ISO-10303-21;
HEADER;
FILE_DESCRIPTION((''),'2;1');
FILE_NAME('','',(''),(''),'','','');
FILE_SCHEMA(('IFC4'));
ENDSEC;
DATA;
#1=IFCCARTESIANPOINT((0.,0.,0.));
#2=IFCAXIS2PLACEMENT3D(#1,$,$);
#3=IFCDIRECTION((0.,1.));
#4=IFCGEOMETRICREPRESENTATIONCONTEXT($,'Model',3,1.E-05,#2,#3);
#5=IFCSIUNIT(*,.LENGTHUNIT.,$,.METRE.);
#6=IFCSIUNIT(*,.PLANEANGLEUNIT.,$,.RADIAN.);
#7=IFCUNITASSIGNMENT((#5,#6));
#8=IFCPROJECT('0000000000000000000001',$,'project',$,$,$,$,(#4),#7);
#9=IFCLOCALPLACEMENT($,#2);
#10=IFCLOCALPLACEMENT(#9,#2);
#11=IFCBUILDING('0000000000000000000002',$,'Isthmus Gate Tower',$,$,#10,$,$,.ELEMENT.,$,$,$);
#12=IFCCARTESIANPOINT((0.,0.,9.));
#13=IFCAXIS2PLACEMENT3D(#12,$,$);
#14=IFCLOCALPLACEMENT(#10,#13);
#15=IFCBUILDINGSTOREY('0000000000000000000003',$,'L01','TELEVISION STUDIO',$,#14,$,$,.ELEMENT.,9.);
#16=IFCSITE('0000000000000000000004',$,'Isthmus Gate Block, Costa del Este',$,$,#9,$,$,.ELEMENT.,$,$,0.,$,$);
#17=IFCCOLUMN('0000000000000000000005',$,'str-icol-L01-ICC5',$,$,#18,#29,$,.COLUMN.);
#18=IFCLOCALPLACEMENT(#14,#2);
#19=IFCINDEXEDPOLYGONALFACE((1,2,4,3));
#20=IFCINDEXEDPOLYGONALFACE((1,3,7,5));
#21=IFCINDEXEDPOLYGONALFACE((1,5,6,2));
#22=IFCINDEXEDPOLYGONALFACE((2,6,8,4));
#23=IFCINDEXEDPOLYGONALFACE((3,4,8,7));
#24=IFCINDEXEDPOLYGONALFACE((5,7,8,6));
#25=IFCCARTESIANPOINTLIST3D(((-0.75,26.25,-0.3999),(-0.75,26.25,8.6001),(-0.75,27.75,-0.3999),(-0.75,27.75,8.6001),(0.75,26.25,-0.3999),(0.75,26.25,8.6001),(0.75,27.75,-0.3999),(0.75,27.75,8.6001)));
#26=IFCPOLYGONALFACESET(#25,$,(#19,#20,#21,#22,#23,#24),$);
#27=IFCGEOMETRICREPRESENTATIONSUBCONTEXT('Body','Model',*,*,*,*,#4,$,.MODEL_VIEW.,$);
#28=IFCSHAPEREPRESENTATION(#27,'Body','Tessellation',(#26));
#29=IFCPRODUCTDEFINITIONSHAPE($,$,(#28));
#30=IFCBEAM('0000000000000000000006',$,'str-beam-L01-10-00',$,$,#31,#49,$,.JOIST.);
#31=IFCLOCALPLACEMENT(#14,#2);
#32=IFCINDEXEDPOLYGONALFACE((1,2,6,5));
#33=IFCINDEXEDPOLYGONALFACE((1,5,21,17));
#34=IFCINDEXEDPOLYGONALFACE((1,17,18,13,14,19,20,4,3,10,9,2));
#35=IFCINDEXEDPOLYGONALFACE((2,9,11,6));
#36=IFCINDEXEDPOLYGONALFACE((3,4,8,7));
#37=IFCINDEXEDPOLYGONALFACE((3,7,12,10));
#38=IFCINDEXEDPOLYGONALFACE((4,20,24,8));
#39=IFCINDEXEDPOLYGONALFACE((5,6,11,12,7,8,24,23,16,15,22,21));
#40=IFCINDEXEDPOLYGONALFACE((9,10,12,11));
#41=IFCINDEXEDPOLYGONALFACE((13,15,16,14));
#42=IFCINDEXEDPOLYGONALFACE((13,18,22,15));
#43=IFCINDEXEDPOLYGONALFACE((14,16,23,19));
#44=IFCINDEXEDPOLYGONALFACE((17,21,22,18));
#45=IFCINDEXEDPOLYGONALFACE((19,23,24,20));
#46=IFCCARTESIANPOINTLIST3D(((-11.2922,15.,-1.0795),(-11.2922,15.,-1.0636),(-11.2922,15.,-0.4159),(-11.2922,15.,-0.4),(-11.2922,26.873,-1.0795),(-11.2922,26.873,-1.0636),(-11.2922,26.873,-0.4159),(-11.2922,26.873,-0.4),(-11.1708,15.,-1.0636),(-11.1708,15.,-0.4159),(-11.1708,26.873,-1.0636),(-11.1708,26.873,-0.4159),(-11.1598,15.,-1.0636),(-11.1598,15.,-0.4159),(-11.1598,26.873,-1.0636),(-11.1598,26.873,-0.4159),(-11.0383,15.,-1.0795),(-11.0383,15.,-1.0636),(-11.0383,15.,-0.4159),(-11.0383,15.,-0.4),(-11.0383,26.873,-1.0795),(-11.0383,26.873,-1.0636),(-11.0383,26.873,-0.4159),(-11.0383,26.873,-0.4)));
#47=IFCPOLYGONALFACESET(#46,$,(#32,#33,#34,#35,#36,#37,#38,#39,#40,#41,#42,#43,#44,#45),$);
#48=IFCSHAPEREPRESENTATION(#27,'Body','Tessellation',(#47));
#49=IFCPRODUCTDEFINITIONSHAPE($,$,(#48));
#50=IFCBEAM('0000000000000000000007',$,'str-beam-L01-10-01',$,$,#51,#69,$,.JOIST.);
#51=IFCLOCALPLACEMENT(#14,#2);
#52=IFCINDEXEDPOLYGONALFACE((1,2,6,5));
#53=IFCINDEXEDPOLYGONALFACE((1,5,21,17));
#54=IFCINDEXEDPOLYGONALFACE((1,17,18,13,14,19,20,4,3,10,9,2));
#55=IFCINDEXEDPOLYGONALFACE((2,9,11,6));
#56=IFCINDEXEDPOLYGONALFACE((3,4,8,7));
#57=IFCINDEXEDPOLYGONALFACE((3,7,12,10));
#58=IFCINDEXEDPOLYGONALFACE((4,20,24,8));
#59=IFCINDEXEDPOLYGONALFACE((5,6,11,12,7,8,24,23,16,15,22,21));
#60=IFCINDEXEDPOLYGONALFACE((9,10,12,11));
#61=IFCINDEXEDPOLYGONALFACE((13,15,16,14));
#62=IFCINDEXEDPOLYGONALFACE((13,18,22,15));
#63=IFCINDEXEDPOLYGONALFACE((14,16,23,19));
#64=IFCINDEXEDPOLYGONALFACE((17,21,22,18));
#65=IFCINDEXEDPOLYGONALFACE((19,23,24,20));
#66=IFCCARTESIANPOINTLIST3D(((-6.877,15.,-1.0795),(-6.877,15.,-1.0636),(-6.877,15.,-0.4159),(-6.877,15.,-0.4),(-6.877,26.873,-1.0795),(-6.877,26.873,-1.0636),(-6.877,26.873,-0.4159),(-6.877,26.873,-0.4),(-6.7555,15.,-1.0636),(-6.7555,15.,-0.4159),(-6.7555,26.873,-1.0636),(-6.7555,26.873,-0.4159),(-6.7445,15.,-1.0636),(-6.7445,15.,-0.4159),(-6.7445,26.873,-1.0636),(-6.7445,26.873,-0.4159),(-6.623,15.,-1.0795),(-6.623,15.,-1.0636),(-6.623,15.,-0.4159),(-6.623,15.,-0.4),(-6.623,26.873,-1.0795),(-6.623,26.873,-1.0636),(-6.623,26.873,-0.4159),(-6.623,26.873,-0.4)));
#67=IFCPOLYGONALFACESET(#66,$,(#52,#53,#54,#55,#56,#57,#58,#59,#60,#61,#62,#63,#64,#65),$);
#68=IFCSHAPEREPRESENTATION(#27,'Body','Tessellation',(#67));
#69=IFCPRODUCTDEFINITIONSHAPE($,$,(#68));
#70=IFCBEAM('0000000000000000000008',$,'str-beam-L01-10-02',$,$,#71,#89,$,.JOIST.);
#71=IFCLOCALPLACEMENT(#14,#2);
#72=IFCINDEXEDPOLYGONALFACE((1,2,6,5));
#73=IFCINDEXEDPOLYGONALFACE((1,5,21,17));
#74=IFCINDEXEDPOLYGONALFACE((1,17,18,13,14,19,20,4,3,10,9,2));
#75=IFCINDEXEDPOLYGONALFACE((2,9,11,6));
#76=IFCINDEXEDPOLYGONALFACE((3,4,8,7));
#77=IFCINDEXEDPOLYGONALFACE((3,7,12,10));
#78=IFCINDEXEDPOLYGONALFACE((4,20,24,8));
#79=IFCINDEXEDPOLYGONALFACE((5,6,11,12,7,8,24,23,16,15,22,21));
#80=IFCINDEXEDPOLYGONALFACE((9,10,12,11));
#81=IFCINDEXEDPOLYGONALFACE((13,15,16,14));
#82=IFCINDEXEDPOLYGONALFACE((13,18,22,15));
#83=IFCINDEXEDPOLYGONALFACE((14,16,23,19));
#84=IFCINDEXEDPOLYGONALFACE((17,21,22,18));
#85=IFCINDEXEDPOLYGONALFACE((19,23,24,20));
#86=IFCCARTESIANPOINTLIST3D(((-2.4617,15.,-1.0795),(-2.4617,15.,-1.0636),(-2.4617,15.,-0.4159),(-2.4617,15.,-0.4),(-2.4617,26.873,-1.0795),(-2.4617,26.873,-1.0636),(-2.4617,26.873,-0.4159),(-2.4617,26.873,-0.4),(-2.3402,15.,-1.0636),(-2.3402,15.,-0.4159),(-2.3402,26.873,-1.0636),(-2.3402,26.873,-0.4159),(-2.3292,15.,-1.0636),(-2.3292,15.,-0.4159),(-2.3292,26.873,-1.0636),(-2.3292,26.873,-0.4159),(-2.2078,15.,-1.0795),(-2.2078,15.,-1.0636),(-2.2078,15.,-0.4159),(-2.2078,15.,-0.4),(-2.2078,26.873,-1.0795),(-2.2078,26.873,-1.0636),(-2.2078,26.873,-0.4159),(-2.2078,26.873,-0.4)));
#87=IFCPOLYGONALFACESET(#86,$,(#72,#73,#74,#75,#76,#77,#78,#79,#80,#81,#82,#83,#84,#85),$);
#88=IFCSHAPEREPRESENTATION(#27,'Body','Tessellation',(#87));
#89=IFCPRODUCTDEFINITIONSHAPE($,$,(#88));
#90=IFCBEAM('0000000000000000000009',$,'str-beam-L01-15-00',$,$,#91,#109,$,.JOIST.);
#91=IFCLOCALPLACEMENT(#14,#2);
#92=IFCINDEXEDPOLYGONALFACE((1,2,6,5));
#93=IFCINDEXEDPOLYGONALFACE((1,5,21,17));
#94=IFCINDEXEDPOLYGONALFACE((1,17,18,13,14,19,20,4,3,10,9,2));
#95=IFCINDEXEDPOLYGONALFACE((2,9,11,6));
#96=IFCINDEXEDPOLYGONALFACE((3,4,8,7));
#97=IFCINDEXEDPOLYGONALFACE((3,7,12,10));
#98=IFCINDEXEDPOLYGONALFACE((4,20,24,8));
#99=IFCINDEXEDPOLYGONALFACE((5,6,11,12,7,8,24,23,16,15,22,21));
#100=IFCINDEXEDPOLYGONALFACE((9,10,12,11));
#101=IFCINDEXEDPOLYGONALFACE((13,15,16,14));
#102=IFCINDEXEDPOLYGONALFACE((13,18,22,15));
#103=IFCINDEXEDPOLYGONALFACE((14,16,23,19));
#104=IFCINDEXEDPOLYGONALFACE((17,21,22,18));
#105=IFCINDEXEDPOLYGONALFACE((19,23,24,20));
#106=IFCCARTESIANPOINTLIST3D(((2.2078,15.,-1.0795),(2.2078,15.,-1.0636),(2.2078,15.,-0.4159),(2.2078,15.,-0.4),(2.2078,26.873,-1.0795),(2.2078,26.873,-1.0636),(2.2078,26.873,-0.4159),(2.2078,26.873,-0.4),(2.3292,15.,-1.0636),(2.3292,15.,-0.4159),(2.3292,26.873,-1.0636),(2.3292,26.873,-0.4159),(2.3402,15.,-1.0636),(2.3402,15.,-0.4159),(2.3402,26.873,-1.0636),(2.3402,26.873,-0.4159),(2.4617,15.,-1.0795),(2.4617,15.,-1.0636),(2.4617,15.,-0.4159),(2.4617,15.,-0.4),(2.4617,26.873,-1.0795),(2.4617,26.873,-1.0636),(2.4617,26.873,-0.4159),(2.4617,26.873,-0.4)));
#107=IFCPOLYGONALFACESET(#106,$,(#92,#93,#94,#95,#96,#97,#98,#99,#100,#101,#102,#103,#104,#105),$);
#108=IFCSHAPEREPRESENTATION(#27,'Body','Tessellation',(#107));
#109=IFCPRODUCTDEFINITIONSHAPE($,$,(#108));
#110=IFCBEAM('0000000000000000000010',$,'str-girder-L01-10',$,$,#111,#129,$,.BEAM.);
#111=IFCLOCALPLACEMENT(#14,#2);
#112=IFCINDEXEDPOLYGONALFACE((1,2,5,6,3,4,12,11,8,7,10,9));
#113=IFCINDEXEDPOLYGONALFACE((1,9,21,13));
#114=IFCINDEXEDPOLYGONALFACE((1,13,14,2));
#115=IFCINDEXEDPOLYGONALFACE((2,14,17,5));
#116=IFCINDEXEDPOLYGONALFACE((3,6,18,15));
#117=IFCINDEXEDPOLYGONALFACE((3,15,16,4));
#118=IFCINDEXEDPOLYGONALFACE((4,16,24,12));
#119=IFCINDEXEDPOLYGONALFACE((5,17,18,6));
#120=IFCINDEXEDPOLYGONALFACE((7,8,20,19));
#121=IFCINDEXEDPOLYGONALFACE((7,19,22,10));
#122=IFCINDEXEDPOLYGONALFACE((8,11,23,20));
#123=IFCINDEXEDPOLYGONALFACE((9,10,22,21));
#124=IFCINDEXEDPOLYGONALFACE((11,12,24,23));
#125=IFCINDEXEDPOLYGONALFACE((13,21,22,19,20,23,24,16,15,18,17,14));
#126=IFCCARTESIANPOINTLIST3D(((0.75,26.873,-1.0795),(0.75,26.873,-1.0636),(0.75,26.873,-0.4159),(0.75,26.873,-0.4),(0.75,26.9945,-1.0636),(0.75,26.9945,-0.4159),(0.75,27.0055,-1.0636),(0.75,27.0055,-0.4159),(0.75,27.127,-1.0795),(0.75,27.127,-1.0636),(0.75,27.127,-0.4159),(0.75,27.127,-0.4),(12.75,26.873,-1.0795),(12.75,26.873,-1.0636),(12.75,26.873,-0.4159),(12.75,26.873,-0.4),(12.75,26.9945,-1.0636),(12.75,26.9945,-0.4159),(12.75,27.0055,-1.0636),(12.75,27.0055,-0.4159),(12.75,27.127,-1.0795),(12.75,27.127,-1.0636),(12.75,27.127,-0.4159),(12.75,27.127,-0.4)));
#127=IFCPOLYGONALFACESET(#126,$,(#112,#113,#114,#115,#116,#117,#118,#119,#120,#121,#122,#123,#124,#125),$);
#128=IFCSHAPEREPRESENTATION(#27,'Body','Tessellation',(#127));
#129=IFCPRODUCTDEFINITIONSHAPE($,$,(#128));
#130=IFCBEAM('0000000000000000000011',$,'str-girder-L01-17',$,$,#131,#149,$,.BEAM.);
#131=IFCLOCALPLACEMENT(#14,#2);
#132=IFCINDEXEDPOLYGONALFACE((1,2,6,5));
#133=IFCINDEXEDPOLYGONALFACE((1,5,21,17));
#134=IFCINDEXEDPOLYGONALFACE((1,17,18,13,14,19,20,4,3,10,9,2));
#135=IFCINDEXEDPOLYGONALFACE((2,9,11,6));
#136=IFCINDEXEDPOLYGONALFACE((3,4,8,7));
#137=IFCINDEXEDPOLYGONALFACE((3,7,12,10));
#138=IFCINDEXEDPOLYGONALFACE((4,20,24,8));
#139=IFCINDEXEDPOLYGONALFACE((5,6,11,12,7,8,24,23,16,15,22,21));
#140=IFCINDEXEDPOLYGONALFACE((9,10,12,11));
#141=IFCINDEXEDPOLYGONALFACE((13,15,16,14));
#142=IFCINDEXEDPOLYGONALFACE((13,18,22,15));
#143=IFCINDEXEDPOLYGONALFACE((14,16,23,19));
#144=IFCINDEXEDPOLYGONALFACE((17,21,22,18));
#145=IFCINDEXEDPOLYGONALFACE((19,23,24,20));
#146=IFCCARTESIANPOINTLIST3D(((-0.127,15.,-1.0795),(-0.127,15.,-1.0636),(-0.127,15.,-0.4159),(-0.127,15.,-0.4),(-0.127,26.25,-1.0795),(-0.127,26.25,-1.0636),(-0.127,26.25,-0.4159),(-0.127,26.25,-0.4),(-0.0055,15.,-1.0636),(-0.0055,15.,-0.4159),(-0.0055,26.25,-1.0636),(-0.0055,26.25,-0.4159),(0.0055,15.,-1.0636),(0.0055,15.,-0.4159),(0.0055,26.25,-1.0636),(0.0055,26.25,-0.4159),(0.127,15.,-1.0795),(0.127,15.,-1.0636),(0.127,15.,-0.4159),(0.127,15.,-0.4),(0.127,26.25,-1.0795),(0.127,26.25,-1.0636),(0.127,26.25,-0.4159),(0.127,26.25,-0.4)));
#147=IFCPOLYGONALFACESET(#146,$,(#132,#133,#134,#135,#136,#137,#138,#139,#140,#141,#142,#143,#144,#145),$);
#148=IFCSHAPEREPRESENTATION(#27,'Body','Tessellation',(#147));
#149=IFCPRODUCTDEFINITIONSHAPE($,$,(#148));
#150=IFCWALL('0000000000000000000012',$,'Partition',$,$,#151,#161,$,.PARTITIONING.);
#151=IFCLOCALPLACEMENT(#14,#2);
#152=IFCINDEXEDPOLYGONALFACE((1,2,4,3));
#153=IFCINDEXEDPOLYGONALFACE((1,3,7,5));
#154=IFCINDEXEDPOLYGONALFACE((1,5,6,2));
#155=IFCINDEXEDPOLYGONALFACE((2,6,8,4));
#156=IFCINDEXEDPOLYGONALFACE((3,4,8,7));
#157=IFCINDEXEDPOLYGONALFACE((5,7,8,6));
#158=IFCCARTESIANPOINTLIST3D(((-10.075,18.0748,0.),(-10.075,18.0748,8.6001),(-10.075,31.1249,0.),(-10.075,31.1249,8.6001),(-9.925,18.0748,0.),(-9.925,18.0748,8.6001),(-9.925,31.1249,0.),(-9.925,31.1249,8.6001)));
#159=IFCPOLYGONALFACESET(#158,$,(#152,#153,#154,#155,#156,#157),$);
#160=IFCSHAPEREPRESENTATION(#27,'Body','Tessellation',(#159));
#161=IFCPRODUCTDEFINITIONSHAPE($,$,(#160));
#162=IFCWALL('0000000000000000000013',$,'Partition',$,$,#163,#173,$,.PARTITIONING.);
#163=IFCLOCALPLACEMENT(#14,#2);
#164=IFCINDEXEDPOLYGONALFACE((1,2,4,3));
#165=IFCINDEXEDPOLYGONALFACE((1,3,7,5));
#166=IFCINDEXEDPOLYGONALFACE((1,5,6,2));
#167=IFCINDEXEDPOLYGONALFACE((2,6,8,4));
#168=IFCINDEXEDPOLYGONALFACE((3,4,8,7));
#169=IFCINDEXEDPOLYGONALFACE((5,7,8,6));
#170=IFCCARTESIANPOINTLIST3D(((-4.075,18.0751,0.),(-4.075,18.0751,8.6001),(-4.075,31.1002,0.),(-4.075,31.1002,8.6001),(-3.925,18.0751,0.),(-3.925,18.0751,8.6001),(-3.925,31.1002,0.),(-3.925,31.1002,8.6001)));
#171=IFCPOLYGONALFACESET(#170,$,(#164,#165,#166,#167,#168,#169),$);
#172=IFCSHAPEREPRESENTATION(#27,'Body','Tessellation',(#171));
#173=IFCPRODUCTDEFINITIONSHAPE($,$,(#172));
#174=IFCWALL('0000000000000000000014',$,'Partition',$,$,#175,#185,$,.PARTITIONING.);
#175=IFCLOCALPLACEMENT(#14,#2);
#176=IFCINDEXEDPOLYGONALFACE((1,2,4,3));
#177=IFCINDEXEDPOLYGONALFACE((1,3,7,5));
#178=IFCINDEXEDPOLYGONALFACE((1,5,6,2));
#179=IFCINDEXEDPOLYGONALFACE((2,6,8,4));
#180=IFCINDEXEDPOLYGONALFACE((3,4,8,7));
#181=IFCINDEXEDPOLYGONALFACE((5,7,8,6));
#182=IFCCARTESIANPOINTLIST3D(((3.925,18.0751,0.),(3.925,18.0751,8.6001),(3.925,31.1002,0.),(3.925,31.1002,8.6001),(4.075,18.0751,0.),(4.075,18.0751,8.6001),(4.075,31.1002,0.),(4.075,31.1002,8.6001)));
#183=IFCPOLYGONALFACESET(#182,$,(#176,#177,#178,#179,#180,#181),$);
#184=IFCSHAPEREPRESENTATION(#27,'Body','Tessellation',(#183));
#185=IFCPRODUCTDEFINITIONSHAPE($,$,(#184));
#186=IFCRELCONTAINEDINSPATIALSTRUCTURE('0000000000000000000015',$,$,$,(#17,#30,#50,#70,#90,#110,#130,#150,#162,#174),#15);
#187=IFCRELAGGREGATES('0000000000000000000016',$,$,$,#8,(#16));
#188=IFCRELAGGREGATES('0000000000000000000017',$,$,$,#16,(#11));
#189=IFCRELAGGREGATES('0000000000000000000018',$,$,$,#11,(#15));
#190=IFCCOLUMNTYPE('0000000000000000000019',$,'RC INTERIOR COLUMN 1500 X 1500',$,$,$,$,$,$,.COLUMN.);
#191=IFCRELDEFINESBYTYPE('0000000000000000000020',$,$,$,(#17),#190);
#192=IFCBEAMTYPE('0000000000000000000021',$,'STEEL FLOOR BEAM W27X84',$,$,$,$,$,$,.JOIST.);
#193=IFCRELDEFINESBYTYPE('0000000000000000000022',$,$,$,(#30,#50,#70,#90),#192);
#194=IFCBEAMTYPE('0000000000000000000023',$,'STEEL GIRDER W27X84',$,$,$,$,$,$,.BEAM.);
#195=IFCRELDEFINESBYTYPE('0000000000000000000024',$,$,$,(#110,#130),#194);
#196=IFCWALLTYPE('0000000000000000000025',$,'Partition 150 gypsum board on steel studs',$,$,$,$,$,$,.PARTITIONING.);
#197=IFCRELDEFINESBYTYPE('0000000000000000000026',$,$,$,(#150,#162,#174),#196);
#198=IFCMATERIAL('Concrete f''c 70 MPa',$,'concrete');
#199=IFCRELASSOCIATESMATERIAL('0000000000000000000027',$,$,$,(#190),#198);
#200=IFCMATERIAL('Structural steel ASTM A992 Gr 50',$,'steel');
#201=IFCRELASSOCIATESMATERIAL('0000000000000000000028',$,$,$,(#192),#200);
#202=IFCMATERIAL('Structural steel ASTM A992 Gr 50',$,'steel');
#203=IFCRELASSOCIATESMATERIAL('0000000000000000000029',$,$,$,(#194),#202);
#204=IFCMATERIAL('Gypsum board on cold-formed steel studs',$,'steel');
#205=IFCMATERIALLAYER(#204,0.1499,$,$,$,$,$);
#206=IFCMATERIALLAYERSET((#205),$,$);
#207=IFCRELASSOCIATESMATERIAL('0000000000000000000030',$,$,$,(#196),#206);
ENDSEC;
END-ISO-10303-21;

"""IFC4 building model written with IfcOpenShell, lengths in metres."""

from ifc_helpers import new_model, si_unit, direction, frame, frame_2d, origin, origin_2d, place, context, subcontext, project, spatial, rectangle, i_section, extrude, material, layer, layer_set, material_profile, profile_set, type_object, element, save


model = new_model("IFC4")

# Units and contexts
model_context = context("Model", 3, precision=1e-05, world=origin(), true_north=direction((0.0, 1.0)))
body_context = subcontext(model_context, "Body", "Model", "MODEL_VIEW")
ifc_project = project(units=[si_unit("LENGTHUNIT", "METRE"), si_unit("PLANEANGLEUNIT", "RADIAN")], contexts=[model_context])

# Site, building, storey
site_placement = place(None, origin())
site = spatial("IfcSite", under=ifc_project, at=site_placement, Name="Isthmus Gate Block, Costa del Este", CompositionType="ELEMENT", RefElevation=0.0)
building_placement = place(site_placement, origin())
building = spatial("IfcBuilding", under=site, at=building_placement, Name="Isthmus Gate Tower", CompositionType="ELEMENT")
storey_placement = place(building_placement, frame((0.0, 0.0, 9.0)))
storey = spatial("IfcBuildingStorey", under=building, at=storey_placement, Name="L01", Description="TELEVISION STUDIO", CompositionType="ELEMENT", Elevation=9.0)

# Column
ifc_material_1 = material(Name="Concrete f'c 70 MPa", Category="concrete")
ifc_material_profile_1 = material_profile(ifc_material_1, rectangle(XDim=1.5, YDim=1.5, at=origin_2d()), Name="RC 1500X1500")
ifc_profile_set_1 = profile_set([ifc_material_profile_1], Name="Concrete f'c 70 MPa")
column_type = type_object("IfcColumnType", Name="RC INTERIOR COLUMN 1500 X 1500", PredefinedType="COLUMN", material=ifc_profile_set_1)
column_placement = place(storey_placement, frame((0.0, 27.0, -0.3999), z_axis=(0.0, 0.0, 1.0), x_axis=(1.0, 0.0, 0.0)))
element("IfcColumn", 1, at=column_placement, inside=storey, type_object=column_type, Name="str-icol-L01-ICC5", PredefinedType="COLUMN", context=body_context, shape_type="SweptSolid", body=[
    extrude(rectangle(XDim=1.5, YDim=1.5, at=origin_2d()), origin(), (0.0, 0.0, 1.0), 9.0),
])

# Beams
ifc_material_2 = material(Name="Structural steel ASTM A992 Gr 50", Category="steel")
ifc_material_profile_2 = material_profile(ifc_material_2, i_section(OverallWidth=0.2539, OverallDepth=0.6794, WebThickness=0.011, FlangeThickness=0.0159, at=origin_2d()), Name="W27X84")
ifc_profile_set_2 = profile_set([ifc_material_profile_2], Name="Structural steel ASTM A992 Gr 50")
beam_type_1 = type_object("IfcBeamType", Name="STEEL FLOOR BEAM W27X84", PredefinedType="JOIST", material=ifc_profile_set_2)
for number, where, z_axis, x_axis, name in (
    (2, (-11.1653, 15.0, -0.7397), (0.0, 1.0, 0.0), (-1.0, 0.0, 0.0), "str-beam-L01-10-00"),
    (3, (-6.75, 15.0, -0.7397), (0.0, 1.0, 0.0), (-1.0, 0.0, 0.0), "str-beam-L01-10-01"),
    (4, (-2.3347, 15.0, -0.7397), (0.0, 1.0, 0.0), (-1.0, 0.0, 0.0), "str-beam-L01-10-02"),
    (5, (2.3347, 15.0, -0.7397), (0.0, 1.0, 0.0), (-1.0, 0.0, 0.0), "str-beam-L01-15-00"),
):
    element("IfcBeam", number, at=place(storey_placement, frame(where, z_axis=z_axis, x_axis=x_axis)), inside=storey, type_object=beam_type_1, Name=name, PredefinedType="JOIST", context=body_context, shape_type="SweptSolid", body=[
        extrude(i_section(OverallWidth=0.2539, OverallDepth=0.6794, WebThickness=0.011, FlangeThickness=0.0159, at=origin_2d()), origin(), (0.0, 0.0, 1.0), 11.873),
    ])
ifc_material_3 = material(Name="Structural steel ASTM A992 Gr 50", Category="steel")
ifc_material_profile_3 = material_profile(ifc_material_3, i_section(OverallWidth=0.2539, OverallDepth=0.6794, WebThickness=0.011, FlangeThickness=0.0159, at=origin_2d()), Name="W27X84")
ifc_profile_set_3 = profile_set([ifc_material_profile_3], Name="Structural steel ASTM A992 Gr 50")
beam_type_2 = type_object("IfcBeamType", Name="STEEL GIRDER W27X84", PredefinedType="BEAM", material=ifc_profile_set_3)
beam_1_placement = place(storey_placement, frame((0.75, 27.0, -0.7397), z_axis=(1.0, 0.0, 0.0), x_axis=(0.0, 1.0, 0.0)))
element("IfcBeam", 6, at=beam_1_placement, inside=storey, type_object=beam_type_2, Name="str-girder-L01-10", PredefinedType="BEAM", context=body_context, shape_type="SweptSolid", body=[
    extrude(i_section(OverallWidth=0.2539, OverallDepth=0.6794, WebThickness=0.011, FlangeThickness=0.0159, at=origin_2d()), origin(), (0.0, 0.0, 1.0), 12.0),
])
beam_2_placement = place(storey_placement, frame((0.0, 15.0, -0.7397), z_axis=(0.0, 1.0, 0.0), x_axis=(-1.0, 0.0, 0.0)))
element("IfcBeam", 7, at=beam_2_placement, inside=storey, type_object=beam_type_2, Name="str-girder-L01-17", PredefinedType="BEAM", context=body_context, shape_type="SweptSolid", body=[
    extrude(i_section(OverallWidth=0.2539, OverallDepth=0.6794, WebThickness=0.011, FlangeThickness=0.0159, at=origin_2d()), origin(), (0.0, 0.0, 1.0), 11.25),
])

# Walls
ifc_material_4 = material(Name="Gypsum board on cold-formed steel studs", Category="steel")
ifc_layer_1 = layer(ifc_material_4, 0.1499)
ifc_layer_set_1 = layer_set([ifc_layer_1])
wall_type_1 = type_object("IfcWallType", Name="Partition 150 gypsum board on steel studs", PredefinedType="PARTITIONING", material=ifc_layer_set_1)
wall_1_placement = place(storey_placement, frame((-10.0, 18.075, 0.0), z_axis=(0.0, 0.0, 1.0), x_axis=(0.0, 1.0, 0.0)))
element("IfcWall", 8, at=wall_1_placement, inside=storey, type_object=wall_type_1, Name="Partition", PredefinedType="PARTITIONING", context=body_context, shape_type="SweptSolid", body=[
    extrude(rectangle(XDim=13.05, YDim=0.1499, at=frame_2d((6.5249, 0.0))), origin(), (0.0, 0.0, 1.0), 8.6001),
])
for number, where, z_axis, x_axis, name in (
    (9, (-4.0, 18.075, 0.0), (0.0, 0.0, 1.0), (0.0, 1.0, 0.0), "Partition"),
    (10, (4.0, 18.075, 0.0), (0.0, 0.0, 1.0), (0.0, 1.0, 0.0), "Partition"),
):
    element("IfcWall", number, at=place(storey_placement, frame(where, z_axis=z_axis, x_axis=x_axis)), inside=storey, type_object=wall_type_1, Name=name, PredefinedType="PARTITIONING", context=body_context, shape_type="SweptSolid", body=[
        extrude(rectangle(XDim=13.0251, YDim=0.1499, at=frame_2d((6.5127, 0.0))), origin(), (0.0, 0.0, 1.0), 8.6001),
    ])

save(model, "model.ifc")
